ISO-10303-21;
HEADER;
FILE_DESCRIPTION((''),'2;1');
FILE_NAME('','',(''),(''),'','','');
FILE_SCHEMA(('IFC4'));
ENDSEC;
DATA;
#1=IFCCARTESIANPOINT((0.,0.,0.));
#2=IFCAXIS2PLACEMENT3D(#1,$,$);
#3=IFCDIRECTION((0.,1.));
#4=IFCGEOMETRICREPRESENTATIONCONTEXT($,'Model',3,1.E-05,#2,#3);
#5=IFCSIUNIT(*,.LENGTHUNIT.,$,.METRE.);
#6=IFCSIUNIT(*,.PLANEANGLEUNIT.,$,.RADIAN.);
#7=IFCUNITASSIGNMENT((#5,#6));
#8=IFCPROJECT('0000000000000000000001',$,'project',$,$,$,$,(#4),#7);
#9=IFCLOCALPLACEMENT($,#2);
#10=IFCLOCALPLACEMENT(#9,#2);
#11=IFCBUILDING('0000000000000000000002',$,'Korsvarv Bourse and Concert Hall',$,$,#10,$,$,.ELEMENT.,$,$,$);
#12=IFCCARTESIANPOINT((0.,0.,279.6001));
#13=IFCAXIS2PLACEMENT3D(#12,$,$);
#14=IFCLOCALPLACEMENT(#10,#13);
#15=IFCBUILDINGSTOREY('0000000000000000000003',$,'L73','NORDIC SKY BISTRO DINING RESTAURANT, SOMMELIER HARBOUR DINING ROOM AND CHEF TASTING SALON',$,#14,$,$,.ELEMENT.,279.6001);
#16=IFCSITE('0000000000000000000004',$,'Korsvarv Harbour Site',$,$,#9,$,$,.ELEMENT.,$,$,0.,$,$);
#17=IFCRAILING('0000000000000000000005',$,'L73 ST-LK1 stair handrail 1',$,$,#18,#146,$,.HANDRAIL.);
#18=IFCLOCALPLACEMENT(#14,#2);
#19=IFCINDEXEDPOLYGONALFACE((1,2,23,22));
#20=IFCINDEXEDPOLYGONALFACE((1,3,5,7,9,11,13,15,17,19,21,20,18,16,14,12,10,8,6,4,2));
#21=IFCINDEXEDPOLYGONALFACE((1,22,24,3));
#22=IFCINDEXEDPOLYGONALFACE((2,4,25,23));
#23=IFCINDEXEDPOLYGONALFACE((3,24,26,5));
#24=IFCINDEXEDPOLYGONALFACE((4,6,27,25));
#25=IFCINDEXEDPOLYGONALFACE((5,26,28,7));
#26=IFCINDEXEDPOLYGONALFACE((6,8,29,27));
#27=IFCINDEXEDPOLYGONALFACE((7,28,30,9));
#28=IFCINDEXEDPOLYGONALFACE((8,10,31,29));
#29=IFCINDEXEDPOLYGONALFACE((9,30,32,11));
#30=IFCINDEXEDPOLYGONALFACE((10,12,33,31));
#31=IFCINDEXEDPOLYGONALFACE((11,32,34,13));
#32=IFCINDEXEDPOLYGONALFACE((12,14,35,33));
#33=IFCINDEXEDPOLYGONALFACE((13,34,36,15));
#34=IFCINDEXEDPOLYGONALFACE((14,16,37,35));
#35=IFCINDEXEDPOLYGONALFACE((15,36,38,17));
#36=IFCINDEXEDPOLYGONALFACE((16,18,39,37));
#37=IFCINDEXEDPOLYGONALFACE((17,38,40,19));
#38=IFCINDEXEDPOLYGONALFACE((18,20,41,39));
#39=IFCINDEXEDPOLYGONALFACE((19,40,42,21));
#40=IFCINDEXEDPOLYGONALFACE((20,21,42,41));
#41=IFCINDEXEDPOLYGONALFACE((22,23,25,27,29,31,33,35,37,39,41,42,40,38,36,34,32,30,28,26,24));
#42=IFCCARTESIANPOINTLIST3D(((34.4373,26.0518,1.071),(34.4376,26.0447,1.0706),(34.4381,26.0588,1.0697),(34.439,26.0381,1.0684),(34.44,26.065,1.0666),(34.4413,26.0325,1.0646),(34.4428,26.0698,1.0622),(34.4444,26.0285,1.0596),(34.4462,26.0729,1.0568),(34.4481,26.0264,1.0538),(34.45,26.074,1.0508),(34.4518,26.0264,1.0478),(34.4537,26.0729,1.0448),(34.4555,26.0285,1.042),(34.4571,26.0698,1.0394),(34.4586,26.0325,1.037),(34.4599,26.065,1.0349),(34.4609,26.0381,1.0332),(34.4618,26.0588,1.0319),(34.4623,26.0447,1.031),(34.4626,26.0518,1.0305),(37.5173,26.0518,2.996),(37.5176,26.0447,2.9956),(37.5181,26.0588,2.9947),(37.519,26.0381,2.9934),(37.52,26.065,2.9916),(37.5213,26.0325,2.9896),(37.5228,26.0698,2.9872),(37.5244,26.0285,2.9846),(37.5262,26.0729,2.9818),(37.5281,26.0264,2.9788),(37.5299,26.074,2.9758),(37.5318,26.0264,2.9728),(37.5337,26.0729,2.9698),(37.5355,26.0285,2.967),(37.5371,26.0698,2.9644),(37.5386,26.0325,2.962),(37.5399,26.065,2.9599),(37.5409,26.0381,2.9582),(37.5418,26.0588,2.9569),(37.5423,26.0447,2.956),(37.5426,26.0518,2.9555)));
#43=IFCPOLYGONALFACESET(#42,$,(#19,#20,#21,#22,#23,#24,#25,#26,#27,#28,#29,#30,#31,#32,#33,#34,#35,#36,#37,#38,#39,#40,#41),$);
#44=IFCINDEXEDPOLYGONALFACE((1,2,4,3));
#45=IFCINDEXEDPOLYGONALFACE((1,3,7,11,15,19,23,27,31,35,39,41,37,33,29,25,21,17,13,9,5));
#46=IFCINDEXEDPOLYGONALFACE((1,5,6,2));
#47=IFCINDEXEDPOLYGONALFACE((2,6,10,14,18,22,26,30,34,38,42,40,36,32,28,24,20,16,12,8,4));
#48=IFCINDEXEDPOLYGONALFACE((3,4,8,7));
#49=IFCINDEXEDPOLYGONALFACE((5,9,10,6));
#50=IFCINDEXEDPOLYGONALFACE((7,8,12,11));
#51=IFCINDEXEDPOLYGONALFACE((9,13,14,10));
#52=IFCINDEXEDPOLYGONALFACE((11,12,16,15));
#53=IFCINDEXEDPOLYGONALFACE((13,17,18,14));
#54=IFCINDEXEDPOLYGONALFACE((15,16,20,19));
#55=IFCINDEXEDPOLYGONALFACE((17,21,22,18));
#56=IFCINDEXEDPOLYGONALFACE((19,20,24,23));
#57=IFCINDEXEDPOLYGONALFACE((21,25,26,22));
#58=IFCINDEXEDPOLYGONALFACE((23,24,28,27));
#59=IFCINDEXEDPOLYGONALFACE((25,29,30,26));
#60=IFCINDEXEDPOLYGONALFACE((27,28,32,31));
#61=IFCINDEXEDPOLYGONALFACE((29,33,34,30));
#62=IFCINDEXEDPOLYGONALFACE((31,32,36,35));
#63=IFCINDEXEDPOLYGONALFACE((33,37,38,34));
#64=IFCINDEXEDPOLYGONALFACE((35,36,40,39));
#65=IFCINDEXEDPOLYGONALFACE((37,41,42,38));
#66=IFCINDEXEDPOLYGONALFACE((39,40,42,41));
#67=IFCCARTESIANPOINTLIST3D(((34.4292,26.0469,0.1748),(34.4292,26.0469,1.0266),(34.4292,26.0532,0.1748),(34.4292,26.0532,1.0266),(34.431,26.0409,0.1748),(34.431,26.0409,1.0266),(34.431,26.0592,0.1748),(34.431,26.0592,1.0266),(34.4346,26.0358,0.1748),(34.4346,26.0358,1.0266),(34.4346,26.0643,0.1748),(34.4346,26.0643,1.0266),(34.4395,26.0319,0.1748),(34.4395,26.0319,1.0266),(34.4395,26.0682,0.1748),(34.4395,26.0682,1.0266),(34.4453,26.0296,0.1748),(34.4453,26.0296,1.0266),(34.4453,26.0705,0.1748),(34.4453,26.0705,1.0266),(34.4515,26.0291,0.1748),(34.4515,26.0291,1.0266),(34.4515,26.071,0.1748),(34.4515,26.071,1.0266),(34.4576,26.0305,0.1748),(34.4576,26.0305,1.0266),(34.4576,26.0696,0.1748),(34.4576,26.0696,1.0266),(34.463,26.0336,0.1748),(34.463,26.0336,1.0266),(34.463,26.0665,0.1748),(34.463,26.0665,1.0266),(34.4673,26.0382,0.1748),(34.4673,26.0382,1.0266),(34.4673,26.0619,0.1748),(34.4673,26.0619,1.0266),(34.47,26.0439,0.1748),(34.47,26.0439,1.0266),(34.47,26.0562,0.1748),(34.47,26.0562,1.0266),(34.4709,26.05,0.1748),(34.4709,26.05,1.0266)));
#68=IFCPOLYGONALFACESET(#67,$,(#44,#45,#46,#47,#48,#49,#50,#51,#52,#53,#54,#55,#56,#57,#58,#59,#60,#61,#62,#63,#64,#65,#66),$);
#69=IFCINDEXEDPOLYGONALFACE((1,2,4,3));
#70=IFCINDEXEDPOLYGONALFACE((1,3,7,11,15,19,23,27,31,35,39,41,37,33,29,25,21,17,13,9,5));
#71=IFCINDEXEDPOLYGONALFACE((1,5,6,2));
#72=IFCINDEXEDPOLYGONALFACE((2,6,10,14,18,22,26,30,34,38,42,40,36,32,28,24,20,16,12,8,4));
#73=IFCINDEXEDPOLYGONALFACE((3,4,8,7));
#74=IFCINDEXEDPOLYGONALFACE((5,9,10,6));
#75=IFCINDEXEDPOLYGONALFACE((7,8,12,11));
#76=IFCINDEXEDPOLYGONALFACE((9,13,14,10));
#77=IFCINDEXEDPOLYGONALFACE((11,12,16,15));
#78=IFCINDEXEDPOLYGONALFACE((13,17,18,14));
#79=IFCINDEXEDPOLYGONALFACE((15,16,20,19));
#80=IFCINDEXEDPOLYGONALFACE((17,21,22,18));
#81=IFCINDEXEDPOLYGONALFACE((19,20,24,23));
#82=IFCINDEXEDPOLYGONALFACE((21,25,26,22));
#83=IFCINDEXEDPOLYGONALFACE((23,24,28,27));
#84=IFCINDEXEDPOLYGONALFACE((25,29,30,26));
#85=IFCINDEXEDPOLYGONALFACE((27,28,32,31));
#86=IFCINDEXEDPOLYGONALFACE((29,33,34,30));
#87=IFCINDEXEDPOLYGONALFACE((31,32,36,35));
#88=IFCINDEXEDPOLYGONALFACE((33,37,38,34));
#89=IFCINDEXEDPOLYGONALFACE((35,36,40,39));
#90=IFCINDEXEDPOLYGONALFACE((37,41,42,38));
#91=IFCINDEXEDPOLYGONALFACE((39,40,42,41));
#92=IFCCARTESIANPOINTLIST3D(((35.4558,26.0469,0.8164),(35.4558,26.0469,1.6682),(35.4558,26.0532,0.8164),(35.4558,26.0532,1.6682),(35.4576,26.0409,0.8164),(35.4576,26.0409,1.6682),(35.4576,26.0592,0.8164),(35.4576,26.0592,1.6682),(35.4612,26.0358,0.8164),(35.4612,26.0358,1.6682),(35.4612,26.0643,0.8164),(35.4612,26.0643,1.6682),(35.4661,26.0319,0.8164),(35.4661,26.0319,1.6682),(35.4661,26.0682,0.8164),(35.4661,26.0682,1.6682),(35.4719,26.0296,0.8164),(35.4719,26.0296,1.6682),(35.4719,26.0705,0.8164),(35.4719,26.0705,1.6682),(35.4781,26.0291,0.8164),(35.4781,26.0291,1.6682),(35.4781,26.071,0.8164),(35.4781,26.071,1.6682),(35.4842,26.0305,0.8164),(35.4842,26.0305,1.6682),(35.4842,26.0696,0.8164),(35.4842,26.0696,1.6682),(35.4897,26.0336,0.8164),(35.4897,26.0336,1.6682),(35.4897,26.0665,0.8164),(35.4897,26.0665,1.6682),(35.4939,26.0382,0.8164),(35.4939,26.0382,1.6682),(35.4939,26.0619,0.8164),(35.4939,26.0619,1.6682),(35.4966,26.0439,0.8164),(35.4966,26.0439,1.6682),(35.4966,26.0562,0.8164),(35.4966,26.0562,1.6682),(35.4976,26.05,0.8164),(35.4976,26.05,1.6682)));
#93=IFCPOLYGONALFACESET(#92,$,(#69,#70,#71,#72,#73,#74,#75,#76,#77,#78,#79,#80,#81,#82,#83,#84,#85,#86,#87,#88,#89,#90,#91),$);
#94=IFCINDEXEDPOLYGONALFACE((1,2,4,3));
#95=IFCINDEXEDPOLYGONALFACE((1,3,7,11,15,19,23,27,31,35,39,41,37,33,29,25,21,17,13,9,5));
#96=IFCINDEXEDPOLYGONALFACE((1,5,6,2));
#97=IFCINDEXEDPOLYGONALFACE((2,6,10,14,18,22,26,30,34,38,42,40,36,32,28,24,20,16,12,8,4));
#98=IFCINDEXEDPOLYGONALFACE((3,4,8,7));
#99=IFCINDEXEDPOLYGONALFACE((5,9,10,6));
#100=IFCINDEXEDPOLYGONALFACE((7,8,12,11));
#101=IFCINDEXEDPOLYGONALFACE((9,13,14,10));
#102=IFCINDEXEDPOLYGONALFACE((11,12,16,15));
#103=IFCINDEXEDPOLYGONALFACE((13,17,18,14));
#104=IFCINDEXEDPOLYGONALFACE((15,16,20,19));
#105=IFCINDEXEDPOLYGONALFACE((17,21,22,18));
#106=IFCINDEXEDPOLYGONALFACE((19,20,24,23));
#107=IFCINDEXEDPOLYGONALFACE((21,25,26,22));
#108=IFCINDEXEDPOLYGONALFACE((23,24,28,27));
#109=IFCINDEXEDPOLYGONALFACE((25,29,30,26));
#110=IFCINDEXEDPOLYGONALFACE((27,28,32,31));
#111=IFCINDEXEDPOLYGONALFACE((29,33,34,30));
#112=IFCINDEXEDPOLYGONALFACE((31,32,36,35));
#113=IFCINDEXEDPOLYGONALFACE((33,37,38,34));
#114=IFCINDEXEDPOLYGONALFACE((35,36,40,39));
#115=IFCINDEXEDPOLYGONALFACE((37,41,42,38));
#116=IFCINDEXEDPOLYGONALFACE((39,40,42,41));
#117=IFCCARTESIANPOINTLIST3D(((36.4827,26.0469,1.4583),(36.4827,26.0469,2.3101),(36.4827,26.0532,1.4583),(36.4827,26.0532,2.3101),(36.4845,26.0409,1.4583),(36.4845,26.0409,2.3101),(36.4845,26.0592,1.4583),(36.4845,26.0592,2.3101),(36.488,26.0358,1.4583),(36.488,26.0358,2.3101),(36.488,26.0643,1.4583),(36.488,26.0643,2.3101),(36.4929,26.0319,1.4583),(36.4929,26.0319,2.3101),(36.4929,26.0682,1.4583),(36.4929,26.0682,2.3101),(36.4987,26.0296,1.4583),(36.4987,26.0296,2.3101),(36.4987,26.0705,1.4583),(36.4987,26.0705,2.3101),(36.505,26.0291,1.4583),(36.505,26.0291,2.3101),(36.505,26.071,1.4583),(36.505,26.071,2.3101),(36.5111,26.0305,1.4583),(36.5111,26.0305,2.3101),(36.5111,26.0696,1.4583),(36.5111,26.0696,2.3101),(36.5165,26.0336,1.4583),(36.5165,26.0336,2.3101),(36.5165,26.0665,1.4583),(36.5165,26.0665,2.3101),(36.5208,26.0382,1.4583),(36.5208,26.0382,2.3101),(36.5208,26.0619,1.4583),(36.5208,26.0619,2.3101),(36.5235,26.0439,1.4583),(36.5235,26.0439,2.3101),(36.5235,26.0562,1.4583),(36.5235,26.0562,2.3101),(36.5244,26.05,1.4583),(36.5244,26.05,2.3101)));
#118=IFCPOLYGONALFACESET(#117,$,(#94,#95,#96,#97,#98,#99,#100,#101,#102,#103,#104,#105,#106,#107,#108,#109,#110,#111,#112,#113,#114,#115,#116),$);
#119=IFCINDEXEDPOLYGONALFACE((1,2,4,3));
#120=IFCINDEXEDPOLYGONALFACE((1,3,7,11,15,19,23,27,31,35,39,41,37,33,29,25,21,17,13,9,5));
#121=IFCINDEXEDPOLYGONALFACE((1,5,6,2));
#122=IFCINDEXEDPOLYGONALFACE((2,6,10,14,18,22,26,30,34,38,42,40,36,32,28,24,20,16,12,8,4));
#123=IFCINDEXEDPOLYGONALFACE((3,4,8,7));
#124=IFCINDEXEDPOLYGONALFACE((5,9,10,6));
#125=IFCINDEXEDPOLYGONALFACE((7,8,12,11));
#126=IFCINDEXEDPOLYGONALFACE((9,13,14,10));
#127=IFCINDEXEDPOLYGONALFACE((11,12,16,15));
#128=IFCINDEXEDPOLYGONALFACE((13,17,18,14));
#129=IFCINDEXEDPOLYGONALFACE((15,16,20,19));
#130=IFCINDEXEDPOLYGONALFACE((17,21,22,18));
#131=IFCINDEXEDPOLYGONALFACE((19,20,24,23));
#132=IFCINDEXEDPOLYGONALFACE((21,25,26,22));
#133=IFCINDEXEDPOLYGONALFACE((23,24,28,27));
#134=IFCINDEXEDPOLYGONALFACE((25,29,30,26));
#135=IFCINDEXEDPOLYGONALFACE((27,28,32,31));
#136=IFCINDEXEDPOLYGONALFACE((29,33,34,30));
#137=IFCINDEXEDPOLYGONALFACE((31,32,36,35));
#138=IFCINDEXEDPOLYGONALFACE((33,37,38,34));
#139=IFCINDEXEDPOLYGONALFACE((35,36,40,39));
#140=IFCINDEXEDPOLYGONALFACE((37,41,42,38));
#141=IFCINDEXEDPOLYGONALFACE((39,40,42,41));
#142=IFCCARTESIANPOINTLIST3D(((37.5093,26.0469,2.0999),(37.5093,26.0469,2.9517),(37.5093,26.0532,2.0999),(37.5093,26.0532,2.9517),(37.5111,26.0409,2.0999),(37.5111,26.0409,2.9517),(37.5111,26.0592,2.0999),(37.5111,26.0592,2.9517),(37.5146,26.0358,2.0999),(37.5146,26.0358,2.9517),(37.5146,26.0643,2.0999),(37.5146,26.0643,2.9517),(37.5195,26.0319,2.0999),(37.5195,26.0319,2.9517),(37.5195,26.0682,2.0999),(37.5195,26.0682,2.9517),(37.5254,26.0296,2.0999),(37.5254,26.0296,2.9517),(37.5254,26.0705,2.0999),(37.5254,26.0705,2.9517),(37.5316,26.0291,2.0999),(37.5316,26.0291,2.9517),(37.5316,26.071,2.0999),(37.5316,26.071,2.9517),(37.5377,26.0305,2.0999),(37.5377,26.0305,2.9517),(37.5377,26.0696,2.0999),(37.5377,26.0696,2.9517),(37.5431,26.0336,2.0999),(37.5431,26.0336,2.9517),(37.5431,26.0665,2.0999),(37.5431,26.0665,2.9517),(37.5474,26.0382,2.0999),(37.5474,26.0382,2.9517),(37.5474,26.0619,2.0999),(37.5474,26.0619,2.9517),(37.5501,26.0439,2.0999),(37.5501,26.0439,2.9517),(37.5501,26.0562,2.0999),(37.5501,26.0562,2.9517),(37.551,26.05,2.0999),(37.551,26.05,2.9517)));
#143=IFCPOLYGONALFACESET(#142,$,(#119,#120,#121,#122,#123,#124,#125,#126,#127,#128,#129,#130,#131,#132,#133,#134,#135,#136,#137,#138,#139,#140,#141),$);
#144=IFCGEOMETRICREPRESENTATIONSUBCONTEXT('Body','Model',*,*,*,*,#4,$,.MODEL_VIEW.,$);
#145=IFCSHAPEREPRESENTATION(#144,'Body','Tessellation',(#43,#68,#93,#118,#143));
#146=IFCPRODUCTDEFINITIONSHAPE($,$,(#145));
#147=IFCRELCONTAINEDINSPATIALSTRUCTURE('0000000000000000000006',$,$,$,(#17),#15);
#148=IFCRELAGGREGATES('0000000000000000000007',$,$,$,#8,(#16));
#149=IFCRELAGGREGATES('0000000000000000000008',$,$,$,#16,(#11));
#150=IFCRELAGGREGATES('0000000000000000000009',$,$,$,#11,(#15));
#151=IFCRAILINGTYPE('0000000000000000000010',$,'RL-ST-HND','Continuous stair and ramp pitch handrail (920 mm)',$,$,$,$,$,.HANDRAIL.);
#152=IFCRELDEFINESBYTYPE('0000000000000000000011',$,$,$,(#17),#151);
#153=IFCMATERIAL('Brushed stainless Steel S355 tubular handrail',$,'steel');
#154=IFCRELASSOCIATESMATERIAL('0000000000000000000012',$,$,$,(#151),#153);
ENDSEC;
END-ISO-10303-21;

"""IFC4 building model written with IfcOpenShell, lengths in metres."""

from ifc_helpers import new_model, si_unit, direction, frame, origin, origin_2d, place, context, subcontext, project, spatial, circle, extrude, material, type_object, element, save


model = new_model("IFC4")

# Units and contexts
model_context = context("Model", 3, precision=1e-05, world=origin(), true_north=direction((0.0, 1.0)))
body_context = subcontext(model_context, "Body", "Model", "MODEL_VIEW")
ifc_project = project(units=[si_unit("LENGTHUNIT", "METRE"), si_unit("PLANEANGLEUNIT", "RADIAN")], contexts=[model_context])

# Site, building, storey
site_placement = place(None, origin())
site = spatial("IfcSite", under=ifc_project, at=site_placement, Name="Korsvarv Harbour Site", CompositionType="ELEMENT", RefElevation=0.0)
building_placement = place(site_placement, origin())
building = spatial("IfcBuilding", under=site, at=building_placement, Name="Korsvarv Bourse and Concert Hall", CompositionType="ELEMENT")
storey_placement = place(building_placement, frame((0.0, 0.0, 279.6001)))
storey = spatial("IfcBuildingStorey", under=building, at=storey_placement, Name="L73", Description="NORDIC SKY BISTRO DINING RESTAURANT, SOMMELIER HARBOUR DINING ROOM AND CHEF TASTING SALON", CompositionType="ELEMENT", Elevation=279.6001)

# Railing
ifc_material_1 = material(Name="Brushed stainless Steel S355 tubular handrail", Category="steel")
railing_type_1 = type_object("IfcRailingType", Name="RL-ST-HND", Description="Continuous stair and ramp pitch handrail (920 mm)", PredefinedType="HANDRAIL", material=ifc_material_1)
railing_1_placement = place(storey_placement, frame((34.45, 26.05, 0.1748)))
element("IfcRailing", 1, at=railing_1_placement, inside=storey, type_object=railing_type_1, Name="L73 ST-LK1 stair handrail 1", PredefinedType="HANDRAIL", context=body_context, shape_type="SweptSolid", body=[
    extrude(circle(Radius=0.0239, at=origin_2d()), frame((0.0, 0.0, 0.876), z_axis=(0.847998, 0.0, 0.529999), x_axis=(0.0, 1.0, 0.0)), (0.0, 0.0, 1.0), 3.6321),
    extrude(circle(Radius=0.021, at=origin_2d()), origin(), (0.0, 0.0, 1.0), 0.8518),
    extrude(circle(Radius=0.021, at=origin_2d()), frame((1.0266, 0.0, 0.6416)), (0.0, 0.0, 1.0), 0.8518),
    extrude(circle(Radius=0.021, at=origin_2d()), frame((2.0535, 0.0, 1.2834)), (0.0, 0.0, 1.0), 0.8518),
    extrude(circle(Radius=0.021, at=origin_2d()), frame((3.0801, 0.0, 1.925)), (0.0, 0.0, 1.0), 0.8518),
])

save(model, "model.ifc")
